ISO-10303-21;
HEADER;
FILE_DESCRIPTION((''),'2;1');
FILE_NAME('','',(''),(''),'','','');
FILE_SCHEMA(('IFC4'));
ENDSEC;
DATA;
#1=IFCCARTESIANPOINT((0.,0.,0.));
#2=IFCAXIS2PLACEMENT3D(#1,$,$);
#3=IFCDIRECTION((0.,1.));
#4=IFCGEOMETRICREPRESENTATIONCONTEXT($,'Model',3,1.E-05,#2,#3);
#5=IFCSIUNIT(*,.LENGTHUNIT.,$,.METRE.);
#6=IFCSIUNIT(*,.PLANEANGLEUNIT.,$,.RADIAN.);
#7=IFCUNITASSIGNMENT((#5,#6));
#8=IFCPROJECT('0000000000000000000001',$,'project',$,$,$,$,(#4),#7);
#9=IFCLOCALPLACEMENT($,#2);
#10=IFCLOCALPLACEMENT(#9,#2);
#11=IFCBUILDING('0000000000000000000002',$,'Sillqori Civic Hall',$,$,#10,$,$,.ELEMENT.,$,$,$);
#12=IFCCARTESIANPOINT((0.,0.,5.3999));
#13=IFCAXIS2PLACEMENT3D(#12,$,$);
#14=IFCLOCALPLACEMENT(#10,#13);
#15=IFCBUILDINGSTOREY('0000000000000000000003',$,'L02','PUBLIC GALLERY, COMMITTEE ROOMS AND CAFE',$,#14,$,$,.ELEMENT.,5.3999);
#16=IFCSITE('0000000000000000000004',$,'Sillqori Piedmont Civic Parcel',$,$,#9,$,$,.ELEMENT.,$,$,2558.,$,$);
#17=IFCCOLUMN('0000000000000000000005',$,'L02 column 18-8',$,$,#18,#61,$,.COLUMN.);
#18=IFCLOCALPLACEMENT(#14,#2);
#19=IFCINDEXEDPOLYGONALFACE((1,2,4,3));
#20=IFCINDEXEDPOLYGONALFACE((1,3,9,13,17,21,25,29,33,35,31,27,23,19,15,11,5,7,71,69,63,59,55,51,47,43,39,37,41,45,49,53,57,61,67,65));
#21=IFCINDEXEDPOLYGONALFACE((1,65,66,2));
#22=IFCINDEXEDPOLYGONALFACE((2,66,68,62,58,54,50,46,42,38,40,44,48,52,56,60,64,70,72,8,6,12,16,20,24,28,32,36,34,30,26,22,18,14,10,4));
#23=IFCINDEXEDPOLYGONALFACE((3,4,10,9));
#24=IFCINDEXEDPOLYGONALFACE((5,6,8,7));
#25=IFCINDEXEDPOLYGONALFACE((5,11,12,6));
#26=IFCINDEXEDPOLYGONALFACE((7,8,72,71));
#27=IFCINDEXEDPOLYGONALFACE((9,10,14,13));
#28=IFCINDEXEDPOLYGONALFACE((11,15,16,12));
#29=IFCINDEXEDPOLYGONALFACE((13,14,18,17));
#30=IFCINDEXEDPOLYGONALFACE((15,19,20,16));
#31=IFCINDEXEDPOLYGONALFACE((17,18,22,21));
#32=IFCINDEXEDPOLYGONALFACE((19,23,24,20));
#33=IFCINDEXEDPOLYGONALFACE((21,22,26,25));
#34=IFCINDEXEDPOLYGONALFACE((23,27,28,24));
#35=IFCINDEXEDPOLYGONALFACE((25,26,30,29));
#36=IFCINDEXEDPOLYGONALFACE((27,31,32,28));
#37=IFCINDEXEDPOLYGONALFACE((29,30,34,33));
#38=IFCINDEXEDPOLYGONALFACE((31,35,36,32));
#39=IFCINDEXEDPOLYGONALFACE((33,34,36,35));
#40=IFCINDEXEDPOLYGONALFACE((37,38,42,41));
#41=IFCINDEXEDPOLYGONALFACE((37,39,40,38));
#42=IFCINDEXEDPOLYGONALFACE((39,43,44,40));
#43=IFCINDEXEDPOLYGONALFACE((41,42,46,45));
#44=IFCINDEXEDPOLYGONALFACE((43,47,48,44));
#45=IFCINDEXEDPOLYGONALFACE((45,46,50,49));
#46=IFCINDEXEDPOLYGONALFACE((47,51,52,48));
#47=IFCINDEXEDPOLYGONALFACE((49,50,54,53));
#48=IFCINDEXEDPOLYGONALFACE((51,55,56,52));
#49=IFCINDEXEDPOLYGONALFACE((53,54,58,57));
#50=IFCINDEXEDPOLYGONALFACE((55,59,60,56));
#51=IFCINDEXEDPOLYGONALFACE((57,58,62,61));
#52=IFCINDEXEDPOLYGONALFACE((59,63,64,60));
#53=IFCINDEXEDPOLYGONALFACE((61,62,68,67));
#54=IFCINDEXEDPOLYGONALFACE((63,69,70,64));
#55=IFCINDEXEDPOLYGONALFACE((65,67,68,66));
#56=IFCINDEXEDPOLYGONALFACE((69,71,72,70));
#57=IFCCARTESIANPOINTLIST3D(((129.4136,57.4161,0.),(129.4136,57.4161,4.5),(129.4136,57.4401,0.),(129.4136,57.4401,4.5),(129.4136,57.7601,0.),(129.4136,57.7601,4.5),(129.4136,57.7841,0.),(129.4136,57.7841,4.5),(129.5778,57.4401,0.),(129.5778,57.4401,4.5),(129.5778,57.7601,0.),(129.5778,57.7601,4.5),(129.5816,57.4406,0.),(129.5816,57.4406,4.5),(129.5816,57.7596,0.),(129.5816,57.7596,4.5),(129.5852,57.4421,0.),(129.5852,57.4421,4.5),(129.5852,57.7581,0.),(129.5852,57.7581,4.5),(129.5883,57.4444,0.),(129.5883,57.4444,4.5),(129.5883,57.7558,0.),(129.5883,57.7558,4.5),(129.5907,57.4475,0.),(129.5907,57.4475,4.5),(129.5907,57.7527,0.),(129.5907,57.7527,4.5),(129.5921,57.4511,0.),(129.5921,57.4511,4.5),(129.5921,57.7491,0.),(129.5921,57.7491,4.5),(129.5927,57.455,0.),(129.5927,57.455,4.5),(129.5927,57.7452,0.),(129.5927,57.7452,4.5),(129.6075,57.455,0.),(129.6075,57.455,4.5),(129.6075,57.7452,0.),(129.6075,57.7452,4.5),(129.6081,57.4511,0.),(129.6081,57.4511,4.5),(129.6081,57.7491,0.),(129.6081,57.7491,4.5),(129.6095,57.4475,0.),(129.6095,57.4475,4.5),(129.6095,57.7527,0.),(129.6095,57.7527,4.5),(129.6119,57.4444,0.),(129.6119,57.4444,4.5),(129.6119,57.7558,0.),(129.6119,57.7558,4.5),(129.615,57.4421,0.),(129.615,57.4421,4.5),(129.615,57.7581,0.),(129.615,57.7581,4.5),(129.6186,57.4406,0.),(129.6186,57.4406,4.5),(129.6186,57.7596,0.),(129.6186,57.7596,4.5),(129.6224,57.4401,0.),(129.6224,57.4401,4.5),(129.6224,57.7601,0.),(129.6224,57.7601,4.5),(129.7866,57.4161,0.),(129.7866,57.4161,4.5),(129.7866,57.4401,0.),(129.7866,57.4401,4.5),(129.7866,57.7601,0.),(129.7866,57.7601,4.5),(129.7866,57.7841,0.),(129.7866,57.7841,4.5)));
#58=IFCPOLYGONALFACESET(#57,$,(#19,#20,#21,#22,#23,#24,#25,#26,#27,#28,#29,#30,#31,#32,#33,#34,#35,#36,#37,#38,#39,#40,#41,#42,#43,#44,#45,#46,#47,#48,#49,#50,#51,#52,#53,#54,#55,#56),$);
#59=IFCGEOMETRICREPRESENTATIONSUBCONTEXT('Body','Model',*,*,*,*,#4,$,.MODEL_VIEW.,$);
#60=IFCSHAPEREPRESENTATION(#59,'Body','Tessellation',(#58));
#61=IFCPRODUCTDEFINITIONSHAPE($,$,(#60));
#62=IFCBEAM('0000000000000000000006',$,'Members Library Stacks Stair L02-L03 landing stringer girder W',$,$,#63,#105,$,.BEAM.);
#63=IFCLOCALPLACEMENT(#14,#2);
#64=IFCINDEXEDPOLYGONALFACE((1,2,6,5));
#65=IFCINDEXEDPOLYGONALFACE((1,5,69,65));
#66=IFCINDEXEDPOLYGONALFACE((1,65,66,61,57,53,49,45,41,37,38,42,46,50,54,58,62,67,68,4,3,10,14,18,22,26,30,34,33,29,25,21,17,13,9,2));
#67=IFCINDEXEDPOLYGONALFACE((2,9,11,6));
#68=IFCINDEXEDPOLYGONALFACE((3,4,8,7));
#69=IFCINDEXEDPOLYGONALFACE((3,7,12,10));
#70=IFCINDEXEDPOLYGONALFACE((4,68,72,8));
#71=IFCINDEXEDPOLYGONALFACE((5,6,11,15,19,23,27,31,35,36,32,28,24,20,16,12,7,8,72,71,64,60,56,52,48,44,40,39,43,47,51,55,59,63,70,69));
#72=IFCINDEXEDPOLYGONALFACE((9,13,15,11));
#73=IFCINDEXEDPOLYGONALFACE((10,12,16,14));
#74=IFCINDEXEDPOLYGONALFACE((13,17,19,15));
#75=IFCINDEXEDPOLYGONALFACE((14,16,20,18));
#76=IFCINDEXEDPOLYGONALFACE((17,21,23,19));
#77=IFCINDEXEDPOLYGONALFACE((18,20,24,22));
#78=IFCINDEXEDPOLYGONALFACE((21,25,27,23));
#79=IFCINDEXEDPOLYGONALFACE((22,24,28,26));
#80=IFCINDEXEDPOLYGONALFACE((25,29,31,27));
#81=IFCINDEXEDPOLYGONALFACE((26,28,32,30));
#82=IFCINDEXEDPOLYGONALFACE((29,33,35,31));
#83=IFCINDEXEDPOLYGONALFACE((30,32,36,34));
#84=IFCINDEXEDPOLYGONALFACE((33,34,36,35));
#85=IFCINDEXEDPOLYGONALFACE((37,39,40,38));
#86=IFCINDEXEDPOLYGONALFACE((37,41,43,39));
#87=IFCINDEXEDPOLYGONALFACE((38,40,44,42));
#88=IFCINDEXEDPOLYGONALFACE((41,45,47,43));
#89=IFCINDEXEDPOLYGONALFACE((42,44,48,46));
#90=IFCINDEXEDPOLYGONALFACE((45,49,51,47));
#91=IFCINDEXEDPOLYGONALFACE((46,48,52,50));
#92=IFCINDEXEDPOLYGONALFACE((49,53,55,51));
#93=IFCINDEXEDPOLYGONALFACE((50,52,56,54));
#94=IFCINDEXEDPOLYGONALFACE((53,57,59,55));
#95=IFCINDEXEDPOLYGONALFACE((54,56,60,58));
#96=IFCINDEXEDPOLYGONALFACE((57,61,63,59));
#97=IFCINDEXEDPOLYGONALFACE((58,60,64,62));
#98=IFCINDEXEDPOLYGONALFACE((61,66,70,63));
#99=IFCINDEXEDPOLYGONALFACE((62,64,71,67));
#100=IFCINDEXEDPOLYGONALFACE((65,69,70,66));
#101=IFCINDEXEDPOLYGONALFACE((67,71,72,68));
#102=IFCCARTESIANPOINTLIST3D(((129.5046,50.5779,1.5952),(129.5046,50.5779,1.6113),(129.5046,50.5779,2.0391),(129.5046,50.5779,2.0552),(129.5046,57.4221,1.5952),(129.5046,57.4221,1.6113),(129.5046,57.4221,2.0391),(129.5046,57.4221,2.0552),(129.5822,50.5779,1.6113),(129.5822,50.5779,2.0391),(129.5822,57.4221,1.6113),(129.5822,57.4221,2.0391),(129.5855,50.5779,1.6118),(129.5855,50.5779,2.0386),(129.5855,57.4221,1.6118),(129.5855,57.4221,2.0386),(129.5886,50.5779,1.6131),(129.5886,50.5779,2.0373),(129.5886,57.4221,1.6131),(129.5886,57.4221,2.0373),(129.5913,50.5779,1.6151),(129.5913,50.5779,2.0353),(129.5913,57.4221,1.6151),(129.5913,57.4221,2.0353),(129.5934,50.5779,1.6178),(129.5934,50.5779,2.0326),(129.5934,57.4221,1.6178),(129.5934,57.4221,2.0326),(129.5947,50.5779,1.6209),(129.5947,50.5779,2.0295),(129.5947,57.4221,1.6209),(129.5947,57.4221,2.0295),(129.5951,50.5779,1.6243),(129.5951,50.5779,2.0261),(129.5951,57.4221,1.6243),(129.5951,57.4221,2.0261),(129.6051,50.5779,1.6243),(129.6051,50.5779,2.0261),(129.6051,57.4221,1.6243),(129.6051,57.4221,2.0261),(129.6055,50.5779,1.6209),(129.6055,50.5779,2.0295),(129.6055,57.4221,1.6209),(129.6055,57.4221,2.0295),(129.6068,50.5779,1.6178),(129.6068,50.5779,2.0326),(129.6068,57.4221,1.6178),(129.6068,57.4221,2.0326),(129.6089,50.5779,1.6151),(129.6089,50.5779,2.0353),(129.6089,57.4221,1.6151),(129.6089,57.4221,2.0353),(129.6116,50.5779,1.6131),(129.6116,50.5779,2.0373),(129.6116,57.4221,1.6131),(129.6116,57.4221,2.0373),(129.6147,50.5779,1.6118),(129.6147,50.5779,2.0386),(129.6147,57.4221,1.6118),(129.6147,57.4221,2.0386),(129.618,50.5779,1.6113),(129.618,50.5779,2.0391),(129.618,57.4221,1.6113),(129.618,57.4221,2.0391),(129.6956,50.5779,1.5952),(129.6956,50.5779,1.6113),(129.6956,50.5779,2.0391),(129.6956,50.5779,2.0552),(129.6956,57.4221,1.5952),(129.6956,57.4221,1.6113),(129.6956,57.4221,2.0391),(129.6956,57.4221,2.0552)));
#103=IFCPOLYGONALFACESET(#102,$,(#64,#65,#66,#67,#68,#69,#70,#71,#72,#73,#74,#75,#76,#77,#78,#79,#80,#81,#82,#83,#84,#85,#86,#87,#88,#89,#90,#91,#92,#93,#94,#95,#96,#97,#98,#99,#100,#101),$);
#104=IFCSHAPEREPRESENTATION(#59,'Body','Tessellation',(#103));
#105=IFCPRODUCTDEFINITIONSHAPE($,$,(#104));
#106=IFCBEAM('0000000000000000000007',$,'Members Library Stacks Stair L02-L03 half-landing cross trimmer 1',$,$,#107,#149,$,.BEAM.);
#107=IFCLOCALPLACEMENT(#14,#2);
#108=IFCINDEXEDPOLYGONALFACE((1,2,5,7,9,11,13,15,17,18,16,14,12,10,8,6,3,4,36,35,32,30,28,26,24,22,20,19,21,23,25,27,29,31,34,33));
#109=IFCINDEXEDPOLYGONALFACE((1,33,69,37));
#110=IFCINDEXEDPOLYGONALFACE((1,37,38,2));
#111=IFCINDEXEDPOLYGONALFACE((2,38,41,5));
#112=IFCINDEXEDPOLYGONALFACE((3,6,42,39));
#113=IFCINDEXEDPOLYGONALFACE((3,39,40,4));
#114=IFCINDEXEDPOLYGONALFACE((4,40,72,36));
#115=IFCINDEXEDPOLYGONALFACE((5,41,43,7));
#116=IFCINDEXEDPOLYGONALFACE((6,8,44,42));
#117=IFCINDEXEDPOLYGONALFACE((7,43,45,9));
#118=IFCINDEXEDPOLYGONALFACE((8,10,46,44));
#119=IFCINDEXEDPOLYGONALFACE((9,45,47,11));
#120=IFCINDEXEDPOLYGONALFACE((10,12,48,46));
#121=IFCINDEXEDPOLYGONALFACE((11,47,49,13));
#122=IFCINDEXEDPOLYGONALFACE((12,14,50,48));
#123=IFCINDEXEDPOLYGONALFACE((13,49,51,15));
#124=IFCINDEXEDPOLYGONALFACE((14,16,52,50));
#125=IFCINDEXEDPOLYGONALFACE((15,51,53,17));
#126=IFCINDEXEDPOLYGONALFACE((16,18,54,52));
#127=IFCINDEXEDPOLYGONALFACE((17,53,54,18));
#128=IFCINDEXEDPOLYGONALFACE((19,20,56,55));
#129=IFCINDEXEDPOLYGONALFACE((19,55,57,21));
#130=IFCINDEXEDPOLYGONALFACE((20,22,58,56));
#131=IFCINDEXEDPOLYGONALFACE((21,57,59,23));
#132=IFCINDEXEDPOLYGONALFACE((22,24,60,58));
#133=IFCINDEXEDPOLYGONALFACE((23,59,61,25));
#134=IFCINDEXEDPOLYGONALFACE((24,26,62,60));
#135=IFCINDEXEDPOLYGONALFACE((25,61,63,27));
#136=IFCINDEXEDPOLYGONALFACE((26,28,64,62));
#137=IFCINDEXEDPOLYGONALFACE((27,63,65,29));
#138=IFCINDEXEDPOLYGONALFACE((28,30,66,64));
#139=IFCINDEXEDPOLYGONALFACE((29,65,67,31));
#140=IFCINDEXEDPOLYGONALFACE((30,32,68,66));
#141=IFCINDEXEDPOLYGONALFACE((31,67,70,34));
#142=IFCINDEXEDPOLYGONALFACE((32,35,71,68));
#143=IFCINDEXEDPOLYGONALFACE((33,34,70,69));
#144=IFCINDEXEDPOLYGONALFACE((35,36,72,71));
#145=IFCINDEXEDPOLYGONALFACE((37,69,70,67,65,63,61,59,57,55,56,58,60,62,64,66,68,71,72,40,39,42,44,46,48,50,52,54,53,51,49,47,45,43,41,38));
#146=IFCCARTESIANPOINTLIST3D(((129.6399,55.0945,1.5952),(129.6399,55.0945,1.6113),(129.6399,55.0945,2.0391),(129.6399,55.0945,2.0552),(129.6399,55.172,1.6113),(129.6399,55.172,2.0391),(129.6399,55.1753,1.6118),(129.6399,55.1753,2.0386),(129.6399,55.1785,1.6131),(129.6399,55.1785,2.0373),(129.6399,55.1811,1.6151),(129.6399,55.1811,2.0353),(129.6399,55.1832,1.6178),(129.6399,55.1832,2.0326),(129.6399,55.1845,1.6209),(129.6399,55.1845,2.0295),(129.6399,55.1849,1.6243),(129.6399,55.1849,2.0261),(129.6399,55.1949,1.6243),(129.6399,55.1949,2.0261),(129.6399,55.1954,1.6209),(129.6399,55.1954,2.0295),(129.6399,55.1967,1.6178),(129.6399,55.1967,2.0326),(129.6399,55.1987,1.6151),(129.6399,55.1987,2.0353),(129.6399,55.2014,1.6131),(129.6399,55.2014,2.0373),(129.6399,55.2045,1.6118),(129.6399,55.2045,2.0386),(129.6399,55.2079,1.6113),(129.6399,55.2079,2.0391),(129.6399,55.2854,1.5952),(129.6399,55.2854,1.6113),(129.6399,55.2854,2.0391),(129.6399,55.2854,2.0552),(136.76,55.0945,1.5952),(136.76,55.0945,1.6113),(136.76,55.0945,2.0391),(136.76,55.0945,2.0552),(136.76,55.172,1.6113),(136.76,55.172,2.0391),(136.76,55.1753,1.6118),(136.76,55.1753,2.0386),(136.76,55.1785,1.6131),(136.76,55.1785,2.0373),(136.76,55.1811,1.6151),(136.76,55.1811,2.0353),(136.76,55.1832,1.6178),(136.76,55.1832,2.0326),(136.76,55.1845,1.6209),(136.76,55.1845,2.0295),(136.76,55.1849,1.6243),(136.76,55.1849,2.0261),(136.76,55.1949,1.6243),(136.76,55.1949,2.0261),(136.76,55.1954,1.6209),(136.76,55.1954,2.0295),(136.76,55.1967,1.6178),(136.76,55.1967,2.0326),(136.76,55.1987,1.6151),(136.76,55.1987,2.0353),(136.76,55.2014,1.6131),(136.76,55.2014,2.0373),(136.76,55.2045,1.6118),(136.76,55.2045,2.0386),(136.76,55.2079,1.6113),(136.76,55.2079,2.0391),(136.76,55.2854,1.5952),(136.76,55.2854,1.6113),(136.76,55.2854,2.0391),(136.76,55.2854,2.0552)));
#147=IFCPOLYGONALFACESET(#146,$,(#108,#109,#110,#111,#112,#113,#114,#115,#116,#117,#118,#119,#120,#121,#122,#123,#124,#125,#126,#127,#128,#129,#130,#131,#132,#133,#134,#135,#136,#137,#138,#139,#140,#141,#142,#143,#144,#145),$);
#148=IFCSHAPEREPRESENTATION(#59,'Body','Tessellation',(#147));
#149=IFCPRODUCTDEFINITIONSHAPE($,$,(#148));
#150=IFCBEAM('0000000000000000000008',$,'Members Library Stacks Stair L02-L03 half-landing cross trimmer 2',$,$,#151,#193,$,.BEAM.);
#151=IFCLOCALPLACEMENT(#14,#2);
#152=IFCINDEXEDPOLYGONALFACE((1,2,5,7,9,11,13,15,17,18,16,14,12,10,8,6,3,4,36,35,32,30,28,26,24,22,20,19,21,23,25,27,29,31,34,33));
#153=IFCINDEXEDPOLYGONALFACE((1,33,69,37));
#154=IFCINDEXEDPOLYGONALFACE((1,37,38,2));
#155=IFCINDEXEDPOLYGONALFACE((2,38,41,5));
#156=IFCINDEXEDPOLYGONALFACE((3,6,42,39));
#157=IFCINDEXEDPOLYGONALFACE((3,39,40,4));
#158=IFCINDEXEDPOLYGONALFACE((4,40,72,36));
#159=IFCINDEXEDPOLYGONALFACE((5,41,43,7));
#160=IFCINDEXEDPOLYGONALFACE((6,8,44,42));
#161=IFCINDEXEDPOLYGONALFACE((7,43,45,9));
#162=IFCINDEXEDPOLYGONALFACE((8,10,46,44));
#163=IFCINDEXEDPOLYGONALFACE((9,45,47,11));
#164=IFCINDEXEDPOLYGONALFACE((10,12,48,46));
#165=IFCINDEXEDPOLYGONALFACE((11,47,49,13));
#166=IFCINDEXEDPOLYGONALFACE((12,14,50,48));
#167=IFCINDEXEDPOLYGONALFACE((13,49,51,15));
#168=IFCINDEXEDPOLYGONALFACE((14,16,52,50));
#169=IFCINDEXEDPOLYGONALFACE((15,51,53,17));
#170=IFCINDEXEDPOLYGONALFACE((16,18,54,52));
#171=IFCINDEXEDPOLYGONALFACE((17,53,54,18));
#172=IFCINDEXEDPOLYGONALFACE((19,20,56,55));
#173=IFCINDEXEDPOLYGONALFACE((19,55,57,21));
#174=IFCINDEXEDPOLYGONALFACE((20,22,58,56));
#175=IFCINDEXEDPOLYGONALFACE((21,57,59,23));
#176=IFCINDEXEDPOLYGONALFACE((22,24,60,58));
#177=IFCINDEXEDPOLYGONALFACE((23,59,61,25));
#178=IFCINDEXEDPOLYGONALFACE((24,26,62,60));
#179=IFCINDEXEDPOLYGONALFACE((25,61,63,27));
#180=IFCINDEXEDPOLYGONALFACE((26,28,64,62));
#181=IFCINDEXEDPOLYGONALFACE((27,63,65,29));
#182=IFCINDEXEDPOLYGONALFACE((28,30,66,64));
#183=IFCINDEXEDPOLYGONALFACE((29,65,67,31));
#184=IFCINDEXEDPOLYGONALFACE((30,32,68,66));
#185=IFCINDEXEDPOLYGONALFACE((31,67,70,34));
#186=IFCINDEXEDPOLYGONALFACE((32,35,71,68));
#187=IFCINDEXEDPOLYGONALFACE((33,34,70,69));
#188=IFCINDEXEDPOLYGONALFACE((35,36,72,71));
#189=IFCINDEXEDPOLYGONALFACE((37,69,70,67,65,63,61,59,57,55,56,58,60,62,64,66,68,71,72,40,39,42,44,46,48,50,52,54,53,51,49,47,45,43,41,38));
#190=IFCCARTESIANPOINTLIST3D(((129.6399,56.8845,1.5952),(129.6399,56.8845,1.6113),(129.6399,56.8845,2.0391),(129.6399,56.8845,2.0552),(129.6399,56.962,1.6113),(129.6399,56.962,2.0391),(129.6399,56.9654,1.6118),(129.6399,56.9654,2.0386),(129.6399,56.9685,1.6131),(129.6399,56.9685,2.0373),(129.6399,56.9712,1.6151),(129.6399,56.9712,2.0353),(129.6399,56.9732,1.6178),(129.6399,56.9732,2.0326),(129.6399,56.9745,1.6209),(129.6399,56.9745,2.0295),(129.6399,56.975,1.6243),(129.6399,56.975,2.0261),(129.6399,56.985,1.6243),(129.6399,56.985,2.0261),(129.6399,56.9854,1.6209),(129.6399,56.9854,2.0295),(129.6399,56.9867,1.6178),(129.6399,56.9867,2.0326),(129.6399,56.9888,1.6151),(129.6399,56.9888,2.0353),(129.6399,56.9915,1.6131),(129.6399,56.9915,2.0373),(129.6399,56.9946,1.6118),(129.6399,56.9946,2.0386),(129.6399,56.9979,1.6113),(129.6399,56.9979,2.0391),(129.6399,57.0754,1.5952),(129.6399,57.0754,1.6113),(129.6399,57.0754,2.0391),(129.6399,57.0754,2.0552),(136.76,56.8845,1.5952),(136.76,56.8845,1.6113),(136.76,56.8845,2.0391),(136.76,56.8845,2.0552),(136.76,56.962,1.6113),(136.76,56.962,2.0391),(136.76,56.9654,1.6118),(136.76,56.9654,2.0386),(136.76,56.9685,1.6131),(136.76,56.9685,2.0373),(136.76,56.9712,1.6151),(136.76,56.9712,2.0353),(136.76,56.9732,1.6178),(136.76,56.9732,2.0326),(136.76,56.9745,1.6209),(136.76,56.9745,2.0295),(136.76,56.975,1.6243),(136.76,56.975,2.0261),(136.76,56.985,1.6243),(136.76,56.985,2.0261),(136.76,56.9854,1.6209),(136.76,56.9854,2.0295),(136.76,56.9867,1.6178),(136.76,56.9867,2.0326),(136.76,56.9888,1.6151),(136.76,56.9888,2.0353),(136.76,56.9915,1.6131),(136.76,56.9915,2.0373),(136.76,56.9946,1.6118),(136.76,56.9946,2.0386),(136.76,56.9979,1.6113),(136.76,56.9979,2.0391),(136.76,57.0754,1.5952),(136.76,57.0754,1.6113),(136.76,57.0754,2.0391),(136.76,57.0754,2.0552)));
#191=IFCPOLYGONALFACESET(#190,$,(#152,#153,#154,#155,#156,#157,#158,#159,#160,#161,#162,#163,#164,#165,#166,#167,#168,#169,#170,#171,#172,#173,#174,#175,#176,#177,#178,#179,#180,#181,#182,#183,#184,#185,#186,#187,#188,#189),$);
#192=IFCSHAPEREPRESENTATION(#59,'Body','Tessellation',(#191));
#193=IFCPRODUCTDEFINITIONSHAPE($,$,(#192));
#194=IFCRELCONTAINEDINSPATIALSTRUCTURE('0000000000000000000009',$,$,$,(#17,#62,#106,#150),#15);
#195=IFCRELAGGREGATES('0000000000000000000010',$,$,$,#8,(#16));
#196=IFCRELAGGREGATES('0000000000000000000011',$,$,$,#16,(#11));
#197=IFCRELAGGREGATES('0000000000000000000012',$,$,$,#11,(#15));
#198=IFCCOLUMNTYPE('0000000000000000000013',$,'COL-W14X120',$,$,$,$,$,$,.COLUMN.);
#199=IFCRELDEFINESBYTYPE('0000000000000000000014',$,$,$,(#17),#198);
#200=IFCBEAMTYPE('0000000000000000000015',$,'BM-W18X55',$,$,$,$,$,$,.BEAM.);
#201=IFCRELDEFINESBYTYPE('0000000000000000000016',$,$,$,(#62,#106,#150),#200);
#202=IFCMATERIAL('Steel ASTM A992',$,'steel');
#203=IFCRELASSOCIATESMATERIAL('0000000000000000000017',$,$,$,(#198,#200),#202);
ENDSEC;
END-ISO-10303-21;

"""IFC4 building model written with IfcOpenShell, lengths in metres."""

from ifc_helpers import new_model, si_unit, direction, frame, origin, origin_2d, place, context, subcontext, project, spatial, i_section, extrude, material, material_profile, profile_set, type_object, element, save


model = new_model("IFC4")

# Units and contexts
model_context = context("Model", 3, precision=1e-05, world=origin(), true_north=direction((0.0, 1.0)))
body_context = subcontext(model_context, "Body", "Model", "MODEL_VIEW")
ifc_project = project(units=[si_unit("LENGTHUNIT", "METRE"), si_unit("PLANEANGLEUNIT", "RADIAN")], contexts=[model_context])

# Site, building, storey
site_placement = place(None, origin())
site = spatial("IfcSite", under=ifc_project, at=site_placement, Name="Sillqori Piedmont Civic Parcel", CompositionType="ELEMENT", RefElevation=2558.0)
building_placement = place(site_placement, origin())
building = spatial("IfcBuilding", under=site, at=building_placement, Name="Sillqori Civic Hall", CompositionType="ELEMENT")
storey_placement = place(building_placement, frame((0.0, 0.0, 5.3999)))
storey = spatial("IfcBuildingStorey", under=building, at=storey_placement, Name="L02", Description="PUBLIC GALLERY, COMMITTEE ROOMS AND CAFE", CompositionType="ELEMENT", Elevation=5.3999)

# Column
ifc_material_1 = material(Name="Steel ASTM A992", Category="steel")
ifc_material_profile_1 = material_profile(ifc_material_1, i_section(OverallWidth=0.373, OverallDepth=0.3679, WebThickness=0.0149, FlangeThickness=0.0239, FilletRadius=0.0149, at=origin_2d()), Name="W14X120")
ifc_profile_set_1 = profile_set([ifc_material_profile_1], Name="Steel ASTM A992")
column_type = type_object("IfcColumnType", Name="COL-W14X120", PredefinedType="COLUMN", material=ifc_profile_set_1)
column_placement = place(storey_placement, frame((129.6001, 57.6001, 0.0), z_axis=(0.0, 0.0, 1.0), x_axis=(1.0, 0.0, 0.0)))
element("IfcColumn", 1, at=column_placement, inside=storey, type_object=column_type, Name="L02 column 18-8", PredefinedType="COLUMN", context=body_context, shape_type="SweptSolid", body=[
    extrude(i_section(OverallWidth=0.373, OverallDepth=0.3679, WebThickness=0.0149, FlangeThickness=0.0239, FilletRadius=0.0149, at=origin_2d()), origin(), (0.0, 0.0, 1.0), 4.5),
])

# Beams
ifc_material_profile_2 = material_profile(ifc_material_1, i_section(OverallWidth=0.1909, OverallDepth=0.46, WebThickness=0.01, FlangeThickness=0.0161, FilletRadius=0.0129, at=origin_2d()), Name="W18X55")
ifc_profile_set_2 = profile_set([ifc_material_profile_2], Name="Steel ASTM A992")
beam_type_1 = type_object("IfcBeamType", Name="BM-W18X55", PredefinedType="BEAM", material=ifc_profile_set_2)
beam_1_placement = place(storey_placement, frame((129.6001, 50.5779, 1.8252), z_axis=(0.0, 1.0, 0.0), x_axis=(-1.0, 0.0, 0.0)))
element("IfcBeam", 2, at=beam_1_placement, inside=storey, type_object=beam_type_1, Name="Members Library Stacks Stair L02-L03 landing stringer girder W", PredefinedType="BEAM", context=body_context, shape_type="SweptSolid", body=[
    extrude(i_section(OverallWidth=0.1909, OverallDepth=0.46, WebThickness=0.01, FlangeThickness=0.0161, FilletRadius=0.0129, at=origin_2d()), origin(), (0.0, 0.0, 1.0), 6.8442),
])
for number, where, z_axis, x_axis, name in (
    (3, (129.6399, 55.1899, 1.8252), (1.0, 0.0, 0.0), (0.0, 1.0, 0.0), "Members Library Stacks Stair L02-L03 half-landing cross trimmer 1"),
    (4, (129.6399, 56.98, 1.8252), (1.0, 0.0, 0.0), (0.0, 1.0, 0.0), "Members Library Stacks Stair L02-L03 half-landing cross trimmer 2"),
):
    element("IfcBeam", number, at=place(storey_placement, frame(where, z_axis=z_axis, x_axis=x_axis)), inside=storey, type_object=beam_type_1, Name=name, PredefinedType="BEAM", context=body_context, shape_type="SweptSolid", body=[
        extrude(i_section(OverallWidth=0.1909, OverallDepth=0.46, WebThickness=0.01, FlangeThickness=0.0161, FilletRadius=0.0129, at=origin_2d()), origin(), (0.0, 0.0, 1.0), 7.1201),
    ])

save(model, "model.ifc")
